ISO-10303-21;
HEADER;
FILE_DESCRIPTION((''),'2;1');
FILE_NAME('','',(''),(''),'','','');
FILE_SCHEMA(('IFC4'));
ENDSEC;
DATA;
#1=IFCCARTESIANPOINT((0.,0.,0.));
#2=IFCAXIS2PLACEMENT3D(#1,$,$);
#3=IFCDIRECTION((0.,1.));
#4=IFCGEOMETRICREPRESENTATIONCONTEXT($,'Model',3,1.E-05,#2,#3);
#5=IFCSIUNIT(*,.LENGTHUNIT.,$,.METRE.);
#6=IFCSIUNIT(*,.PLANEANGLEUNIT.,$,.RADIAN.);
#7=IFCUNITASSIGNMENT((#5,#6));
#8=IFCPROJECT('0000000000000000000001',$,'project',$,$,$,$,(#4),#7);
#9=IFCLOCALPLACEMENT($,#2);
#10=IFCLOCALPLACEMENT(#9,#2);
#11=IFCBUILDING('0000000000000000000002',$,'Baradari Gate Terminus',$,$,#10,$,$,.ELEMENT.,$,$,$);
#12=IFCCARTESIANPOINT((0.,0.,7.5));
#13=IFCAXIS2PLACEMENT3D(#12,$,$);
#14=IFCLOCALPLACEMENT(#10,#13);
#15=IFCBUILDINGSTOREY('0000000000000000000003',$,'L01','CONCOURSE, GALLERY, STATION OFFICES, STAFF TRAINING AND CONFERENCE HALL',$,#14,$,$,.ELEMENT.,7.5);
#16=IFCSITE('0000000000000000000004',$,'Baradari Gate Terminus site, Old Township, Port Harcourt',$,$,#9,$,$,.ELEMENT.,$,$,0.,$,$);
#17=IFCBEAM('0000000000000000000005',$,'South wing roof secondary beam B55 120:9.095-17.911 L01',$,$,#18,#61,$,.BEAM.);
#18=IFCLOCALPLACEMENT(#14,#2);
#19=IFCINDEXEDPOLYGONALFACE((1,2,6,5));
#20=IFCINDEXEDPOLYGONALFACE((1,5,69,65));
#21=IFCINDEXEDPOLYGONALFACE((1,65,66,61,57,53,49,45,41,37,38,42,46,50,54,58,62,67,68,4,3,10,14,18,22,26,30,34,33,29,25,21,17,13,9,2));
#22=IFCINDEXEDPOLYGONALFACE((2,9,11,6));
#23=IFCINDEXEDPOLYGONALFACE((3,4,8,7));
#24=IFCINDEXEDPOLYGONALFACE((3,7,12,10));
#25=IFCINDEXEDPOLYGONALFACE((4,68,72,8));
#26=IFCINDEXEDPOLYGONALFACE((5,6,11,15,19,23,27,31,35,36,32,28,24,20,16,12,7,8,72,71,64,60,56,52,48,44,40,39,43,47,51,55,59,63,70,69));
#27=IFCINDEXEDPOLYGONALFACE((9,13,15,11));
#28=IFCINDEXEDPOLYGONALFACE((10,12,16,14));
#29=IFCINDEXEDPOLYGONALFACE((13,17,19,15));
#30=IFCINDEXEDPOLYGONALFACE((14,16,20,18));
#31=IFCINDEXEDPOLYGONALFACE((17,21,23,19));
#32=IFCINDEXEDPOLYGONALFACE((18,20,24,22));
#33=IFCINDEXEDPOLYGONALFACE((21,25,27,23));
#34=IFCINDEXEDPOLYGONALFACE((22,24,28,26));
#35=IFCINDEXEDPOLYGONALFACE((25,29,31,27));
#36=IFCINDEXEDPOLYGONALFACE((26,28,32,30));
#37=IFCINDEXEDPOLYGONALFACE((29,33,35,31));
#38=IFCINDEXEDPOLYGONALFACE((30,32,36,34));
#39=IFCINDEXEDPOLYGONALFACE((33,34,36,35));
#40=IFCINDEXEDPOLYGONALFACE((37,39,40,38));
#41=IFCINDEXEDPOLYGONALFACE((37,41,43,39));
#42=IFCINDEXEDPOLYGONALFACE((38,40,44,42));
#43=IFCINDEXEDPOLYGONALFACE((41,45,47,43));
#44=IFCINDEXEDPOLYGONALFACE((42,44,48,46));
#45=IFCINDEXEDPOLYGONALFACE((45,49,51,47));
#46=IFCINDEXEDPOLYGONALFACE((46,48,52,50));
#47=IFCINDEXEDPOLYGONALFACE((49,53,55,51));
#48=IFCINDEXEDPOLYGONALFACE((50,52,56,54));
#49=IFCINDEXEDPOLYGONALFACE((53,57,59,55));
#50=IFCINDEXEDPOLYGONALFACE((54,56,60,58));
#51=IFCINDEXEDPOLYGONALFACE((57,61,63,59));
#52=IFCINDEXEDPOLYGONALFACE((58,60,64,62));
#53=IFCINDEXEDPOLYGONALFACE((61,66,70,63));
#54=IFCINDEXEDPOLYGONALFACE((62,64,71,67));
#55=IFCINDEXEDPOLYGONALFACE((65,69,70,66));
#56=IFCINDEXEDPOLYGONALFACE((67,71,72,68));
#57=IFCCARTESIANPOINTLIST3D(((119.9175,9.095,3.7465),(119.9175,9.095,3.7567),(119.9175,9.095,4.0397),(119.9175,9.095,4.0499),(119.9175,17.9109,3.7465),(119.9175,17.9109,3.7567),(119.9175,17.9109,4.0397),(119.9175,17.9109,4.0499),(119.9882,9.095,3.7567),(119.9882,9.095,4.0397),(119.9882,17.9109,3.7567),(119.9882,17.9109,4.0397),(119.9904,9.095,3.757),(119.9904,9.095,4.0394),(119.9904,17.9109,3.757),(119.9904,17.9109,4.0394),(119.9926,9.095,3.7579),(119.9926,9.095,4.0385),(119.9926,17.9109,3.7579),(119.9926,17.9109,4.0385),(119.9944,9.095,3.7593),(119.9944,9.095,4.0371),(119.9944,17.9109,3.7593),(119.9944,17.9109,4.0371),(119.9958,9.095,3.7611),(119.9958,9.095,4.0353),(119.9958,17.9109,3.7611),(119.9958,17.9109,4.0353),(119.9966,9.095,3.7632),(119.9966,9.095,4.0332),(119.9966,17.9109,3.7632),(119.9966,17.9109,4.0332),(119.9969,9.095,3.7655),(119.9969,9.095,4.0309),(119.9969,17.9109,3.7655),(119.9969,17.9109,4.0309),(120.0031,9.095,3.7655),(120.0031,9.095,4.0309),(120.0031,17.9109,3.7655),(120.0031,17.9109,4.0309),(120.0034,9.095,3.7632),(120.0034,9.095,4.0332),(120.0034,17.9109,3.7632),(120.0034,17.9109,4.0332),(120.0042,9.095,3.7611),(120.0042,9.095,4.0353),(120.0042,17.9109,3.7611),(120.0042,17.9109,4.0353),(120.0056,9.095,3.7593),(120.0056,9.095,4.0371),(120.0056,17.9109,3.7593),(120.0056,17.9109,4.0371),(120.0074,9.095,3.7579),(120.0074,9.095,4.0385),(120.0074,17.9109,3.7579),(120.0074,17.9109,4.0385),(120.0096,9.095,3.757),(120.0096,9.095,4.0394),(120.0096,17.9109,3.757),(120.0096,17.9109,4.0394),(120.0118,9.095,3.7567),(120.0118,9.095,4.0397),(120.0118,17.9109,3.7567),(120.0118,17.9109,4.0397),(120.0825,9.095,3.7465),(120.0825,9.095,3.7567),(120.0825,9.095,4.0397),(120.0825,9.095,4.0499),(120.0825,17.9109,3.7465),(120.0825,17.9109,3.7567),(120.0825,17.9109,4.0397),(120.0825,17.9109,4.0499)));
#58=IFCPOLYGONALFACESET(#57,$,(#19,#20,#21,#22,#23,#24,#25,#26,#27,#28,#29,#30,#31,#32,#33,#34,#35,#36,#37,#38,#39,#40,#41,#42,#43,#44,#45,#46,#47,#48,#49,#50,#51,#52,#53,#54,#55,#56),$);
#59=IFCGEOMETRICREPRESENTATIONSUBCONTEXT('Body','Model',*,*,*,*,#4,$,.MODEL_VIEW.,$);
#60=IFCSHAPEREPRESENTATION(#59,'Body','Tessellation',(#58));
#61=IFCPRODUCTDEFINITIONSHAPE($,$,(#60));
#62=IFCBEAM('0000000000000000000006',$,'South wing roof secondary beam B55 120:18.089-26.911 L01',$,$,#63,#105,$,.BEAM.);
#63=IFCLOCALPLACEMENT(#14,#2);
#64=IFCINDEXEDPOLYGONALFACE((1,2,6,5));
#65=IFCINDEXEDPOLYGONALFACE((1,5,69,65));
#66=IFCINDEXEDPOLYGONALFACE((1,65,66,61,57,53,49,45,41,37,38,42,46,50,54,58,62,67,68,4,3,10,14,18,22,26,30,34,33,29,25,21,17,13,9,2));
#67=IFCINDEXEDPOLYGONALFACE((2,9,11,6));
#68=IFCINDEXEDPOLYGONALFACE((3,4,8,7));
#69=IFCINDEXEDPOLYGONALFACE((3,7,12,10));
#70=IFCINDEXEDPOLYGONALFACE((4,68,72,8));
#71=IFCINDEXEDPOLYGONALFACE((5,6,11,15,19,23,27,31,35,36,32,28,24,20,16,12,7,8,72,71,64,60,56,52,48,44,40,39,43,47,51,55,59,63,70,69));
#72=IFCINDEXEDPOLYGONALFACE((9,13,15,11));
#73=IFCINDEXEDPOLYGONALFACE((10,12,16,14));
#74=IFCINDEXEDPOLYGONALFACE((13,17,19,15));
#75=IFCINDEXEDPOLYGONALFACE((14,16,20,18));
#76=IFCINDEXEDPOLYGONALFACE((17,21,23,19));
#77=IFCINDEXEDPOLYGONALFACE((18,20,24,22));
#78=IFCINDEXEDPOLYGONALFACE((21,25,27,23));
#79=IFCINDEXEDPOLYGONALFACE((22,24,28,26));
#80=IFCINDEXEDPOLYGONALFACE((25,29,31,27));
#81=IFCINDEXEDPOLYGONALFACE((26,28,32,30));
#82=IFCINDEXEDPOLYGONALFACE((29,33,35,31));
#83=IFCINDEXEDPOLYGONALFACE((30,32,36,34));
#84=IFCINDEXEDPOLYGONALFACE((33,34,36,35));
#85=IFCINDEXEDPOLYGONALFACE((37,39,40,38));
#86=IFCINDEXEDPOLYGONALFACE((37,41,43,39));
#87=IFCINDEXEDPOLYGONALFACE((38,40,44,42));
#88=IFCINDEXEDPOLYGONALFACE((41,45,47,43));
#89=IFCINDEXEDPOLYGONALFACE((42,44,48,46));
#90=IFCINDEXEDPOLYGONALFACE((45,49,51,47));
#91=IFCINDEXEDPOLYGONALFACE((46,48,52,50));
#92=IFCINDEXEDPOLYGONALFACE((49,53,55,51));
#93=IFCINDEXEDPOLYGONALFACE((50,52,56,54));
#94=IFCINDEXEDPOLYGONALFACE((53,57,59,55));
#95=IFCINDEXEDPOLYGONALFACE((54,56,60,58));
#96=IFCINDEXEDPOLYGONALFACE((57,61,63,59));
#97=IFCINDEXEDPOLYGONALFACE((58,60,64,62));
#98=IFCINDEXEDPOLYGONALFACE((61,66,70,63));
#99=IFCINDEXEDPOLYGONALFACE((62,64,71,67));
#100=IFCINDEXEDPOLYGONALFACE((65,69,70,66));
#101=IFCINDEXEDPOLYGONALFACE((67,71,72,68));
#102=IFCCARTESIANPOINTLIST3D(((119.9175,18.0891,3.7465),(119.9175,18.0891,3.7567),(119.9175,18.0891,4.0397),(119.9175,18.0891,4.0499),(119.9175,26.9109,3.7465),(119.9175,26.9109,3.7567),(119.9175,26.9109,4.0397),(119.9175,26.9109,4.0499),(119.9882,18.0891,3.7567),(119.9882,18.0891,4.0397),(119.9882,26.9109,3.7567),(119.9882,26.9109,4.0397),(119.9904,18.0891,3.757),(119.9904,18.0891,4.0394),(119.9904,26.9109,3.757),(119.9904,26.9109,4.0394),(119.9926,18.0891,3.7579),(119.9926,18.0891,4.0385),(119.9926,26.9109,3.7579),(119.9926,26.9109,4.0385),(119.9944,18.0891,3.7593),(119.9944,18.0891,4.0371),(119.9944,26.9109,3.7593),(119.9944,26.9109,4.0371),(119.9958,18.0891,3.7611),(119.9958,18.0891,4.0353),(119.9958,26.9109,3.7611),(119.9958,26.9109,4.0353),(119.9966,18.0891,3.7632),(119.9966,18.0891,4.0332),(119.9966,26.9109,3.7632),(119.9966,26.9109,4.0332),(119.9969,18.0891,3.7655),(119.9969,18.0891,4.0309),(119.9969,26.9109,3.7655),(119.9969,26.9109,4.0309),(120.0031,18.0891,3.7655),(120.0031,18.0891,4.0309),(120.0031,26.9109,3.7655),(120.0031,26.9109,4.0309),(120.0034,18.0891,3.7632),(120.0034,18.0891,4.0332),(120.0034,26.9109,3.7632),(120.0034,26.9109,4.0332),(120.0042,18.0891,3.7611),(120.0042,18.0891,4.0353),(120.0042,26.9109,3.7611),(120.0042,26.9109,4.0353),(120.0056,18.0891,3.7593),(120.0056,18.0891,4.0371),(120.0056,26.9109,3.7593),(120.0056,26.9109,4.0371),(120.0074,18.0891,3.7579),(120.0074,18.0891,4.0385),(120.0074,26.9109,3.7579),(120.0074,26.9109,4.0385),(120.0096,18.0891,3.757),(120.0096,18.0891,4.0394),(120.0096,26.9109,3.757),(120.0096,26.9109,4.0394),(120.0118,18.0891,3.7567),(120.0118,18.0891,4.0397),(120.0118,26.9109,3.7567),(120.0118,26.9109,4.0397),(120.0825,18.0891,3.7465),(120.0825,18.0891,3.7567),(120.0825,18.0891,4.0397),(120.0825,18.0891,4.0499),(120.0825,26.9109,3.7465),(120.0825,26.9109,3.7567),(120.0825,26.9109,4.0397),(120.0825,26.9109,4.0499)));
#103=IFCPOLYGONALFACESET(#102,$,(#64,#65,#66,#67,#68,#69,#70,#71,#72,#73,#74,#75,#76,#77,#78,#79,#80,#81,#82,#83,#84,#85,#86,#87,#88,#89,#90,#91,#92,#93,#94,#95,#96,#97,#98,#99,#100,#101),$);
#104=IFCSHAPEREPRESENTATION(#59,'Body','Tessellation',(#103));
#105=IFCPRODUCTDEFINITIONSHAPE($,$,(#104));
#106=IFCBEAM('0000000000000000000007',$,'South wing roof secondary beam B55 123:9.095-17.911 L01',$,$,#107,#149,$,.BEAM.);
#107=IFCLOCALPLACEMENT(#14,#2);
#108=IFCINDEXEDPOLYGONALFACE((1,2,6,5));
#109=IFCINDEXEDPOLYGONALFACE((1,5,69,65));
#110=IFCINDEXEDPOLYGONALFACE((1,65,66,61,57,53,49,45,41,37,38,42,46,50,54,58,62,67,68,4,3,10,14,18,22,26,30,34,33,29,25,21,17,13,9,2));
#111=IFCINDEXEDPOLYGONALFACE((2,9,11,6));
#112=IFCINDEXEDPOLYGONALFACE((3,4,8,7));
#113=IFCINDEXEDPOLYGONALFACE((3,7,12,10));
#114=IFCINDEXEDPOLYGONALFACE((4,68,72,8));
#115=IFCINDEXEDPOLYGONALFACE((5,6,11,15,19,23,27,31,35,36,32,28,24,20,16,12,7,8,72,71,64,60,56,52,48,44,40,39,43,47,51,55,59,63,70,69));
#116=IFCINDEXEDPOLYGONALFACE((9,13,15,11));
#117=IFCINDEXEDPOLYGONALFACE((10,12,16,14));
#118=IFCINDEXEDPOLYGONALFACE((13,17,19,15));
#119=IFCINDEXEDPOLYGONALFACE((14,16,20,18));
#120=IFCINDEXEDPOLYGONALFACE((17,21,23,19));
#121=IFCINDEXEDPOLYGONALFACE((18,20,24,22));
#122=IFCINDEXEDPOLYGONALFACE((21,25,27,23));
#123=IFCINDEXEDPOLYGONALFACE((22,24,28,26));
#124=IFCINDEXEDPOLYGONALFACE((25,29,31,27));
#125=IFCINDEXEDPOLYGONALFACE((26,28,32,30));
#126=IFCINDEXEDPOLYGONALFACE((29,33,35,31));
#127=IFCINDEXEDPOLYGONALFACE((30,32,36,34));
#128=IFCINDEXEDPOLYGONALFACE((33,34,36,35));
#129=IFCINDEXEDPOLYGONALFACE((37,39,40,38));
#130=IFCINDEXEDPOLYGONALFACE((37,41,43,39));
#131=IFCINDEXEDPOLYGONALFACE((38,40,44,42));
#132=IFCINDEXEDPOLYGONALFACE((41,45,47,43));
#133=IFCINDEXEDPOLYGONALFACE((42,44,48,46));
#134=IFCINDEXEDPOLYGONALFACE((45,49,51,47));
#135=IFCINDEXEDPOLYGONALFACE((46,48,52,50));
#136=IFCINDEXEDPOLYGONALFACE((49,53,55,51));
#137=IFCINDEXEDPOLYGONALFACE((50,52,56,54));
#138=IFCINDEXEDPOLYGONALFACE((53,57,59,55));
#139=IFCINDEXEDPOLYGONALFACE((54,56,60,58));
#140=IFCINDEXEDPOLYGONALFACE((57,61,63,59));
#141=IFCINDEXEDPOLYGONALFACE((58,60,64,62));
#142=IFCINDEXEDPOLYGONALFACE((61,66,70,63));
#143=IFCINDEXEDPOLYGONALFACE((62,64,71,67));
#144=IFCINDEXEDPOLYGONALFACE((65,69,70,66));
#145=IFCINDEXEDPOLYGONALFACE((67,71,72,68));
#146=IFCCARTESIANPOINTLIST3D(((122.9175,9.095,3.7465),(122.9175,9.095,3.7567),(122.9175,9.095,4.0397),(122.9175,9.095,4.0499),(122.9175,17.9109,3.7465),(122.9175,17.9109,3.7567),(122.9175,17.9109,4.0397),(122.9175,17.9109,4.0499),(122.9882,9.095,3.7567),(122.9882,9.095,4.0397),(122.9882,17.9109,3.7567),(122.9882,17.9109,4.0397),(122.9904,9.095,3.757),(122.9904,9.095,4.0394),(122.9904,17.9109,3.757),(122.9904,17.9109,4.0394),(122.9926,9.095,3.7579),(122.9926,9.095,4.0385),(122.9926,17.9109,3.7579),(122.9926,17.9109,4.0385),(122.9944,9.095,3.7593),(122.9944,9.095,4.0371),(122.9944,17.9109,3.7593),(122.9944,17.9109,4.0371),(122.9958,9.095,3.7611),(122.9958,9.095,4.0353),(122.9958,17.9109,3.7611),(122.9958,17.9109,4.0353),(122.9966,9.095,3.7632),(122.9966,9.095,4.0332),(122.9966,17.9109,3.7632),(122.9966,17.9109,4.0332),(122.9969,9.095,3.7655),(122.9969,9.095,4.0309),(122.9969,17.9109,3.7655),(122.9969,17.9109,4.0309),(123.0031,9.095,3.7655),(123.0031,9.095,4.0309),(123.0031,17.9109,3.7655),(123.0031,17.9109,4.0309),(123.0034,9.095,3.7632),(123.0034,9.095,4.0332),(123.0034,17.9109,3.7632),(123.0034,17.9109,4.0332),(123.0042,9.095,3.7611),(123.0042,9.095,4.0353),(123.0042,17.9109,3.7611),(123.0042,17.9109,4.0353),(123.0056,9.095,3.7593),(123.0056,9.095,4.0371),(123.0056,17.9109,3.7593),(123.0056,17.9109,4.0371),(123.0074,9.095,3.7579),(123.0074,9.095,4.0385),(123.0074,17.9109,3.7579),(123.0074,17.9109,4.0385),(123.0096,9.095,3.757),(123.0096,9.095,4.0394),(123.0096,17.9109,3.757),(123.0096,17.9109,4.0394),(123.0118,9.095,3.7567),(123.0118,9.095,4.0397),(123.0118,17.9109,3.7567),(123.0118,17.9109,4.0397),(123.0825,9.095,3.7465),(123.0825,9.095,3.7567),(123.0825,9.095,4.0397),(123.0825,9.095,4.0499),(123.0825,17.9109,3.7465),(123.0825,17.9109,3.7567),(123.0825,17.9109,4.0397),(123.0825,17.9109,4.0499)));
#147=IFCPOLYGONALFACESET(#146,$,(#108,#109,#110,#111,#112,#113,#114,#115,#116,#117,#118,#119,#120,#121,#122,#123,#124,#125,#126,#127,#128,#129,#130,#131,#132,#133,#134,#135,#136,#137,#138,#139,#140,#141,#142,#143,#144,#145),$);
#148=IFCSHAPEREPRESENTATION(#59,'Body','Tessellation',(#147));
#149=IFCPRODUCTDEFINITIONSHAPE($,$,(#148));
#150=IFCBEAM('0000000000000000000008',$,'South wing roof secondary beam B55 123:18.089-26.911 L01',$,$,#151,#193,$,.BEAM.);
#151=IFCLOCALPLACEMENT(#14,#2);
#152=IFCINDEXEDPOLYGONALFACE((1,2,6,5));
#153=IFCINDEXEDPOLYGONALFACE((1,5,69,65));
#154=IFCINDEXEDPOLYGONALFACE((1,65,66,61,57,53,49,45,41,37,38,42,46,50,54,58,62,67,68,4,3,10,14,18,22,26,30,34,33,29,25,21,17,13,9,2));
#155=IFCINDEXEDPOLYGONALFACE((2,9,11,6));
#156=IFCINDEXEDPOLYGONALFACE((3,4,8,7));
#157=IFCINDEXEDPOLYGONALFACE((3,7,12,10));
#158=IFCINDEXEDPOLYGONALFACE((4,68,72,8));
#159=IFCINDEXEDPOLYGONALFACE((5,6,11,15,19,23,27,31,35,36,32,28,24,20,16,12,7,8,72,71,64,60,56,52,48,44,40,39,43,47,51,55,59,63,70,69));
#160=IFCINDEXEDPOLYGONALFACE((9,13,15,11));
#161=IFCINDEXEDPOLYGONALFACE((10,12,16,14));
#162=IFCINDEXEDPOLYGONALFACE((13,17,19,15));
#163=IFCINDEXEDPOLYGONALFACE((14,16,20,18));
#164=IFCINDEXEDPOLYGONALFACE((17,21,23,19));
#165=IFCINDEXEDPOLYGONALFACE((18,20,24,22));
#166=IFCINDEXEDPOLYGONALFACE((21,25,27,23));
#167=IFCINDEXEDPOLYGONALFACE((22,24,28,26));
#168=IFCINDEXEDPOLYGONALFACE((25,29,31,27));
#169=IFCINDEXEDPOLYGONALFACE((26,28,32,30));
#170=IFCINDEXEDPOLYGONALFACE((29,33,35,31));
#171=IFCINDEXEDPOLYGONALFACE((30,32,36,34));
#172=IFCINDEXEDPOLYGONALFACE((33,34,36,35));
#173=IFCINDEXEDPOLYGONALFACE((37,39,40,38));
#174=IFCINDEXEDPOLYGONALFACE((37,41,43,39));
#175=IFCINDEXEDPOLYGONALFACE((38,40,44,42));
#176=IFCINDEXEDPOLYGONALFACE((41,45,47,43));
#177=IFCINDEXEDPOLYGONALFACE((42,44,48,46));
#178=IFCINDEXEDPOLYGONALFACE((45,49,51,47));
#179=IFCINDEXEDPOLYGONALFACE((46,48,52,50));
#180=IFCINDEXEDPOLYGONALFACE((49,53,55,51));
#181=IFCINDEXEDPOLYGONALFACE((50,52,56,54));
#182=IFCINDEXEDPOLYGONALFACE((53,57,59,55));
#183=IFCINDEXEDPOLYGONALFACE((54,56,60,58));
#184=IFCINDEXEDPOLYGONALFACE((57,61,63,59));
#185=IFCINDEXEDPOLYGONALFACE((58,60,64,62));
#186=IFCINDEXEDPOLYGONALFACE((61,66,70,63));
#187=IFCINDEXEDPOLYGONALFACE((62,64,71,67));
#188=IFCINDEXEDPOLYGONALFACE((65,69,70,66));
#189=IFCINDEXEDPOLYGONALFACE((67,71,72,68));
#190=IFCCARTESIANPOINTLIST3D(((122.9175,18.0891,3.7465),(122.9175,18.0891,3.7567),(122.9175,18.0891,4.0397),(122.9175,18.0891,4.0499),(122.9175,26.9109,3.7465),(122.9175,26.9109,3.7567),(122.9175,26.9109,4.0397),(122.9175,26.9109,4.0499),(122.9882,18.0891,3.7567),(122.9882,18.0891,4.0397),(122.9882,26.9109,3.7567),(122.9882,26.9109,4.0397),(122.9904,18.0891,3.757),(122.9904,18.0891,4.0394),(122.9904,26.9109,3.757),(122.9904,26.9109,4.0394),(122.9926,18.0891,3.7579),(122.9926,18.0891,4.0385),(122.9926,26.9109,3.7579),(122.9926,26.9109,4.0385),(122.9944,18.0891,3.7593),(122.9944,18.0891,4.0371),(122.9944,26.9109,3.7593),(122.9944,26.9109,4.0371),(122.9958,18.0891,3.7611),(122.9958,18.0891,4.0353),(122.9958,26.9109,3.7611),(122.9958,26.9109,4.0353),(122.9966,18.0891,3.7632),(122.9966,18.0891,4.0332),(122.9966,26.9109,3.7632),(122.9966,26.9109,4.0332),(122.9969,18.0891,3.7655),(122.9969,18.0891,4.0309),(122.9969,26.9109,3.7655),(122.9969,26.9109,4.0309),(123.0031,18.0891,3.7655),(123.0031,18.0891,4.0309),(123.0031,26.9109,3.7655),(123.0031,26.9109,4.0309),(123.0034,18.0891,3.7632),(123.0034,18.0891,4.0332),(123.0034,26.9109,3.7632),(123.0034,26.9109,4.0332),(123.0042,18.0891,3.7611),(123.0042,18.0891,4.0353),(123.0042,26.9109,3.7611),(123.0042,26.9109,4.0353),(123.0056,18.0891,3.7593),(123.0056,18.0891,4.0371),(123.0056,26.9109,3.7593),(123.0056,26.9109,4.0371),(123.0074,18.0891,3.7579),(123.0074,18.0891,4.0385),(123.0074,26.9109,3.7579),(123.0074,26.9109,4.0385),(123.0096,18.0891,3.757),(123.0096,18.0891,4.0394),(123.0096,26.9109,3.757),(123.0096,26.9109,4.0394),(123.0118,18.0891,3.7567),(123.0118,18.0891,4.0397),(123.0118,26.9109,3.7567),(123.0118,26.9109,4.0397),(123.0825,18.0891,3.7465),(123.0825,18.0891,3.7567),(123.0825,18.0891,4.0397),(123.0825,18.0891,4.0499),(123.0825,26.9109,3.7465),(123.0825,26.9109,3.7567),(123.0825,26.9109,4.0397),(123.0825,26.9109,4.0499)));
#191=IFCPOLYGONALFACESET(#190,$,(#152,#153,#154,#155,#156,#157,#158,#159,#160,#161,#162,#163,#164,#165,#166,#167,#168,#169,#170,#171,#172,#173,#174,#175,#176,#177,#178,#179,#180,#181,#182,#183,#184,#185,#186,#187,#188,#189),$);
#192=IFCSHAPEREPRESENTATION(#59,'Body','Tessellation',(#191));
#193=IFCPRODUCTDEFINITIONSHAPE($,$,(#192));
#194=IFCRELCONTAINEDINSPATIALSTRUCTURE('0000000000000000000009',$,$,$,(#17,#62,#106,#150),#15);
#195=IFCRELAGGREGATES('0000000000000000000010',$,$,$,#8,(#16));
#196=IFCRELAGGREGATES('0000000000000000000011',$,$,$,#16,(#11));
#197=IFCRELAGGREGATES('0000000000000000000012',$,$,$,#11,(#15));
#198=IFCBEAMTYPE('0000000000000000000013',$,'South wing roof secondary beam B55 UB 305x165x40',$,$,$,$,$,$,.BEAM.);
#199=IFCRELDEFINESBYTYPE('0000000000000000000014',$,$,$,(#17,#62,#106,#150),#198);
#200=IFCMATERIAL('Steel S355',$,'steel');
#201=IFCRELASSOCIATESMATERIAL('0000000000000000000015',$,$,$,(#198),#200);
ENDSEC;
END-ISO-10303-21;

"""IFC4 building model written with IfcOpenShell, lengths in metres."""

from ifc_helpers import new_model, si_unit, direction, frame, origin, origin_2d, place, context, subcontext, project, spatial, i_section, extrude, material, material_profile, profile_set, type_object, element, save


model = new_model("IFC4")

# Units and contexts
model_context = context("Model", 3, precision=1e-05, world=origin(), true_north=direction((0.0, 1.0)))
body_context = subcontext(model_context, "Body", "Model", "MODEL_VIEW")
ifc_project = project(units=[si_unit("LENGTHUNIT", "METRE"), si_unit("PLANEANGLEUNIT", "RADIAN")], contexts=[model_context])

# Site, building, storey
site_placement = place(None, origin())
site = spatial("IfcSite", under=ifc_project, at=site_placement, Name="Baradari Gate Terminus site, Old Township, Port Harcourt", CompositionType="ELEMENT", RefElevation=0.0)
building_placement = place(site_placement, origin())
building = spatial("IfcBuilding", under=site, at=building_placement, Name="Baradari Gate Terminus", CompositionType="ELEMENT")
storey_placement = place(building_placement, frame((0.0, 0.0, 7.5)))
storey = spatial("IfcBuildingStorey", under=building, at=storey_placement, Name="L01", Description="CONCOURSE, GALLERY, STATION OFFICES, STAFF TRAINING AND CONFERENCE HALL", CompositionType="ELEMENT", Elevation=7.5)

# Beams
ifc_material_1 = material(Name="Steel S355", Category="steel")
ifc_material_profile_1 = material_profile(ifc_material_1, i_section(OverallWidth=0.165, OverallDepth=0.3035, WebThickness=0.0061, FlangeThickness=0.0103, FilletRadius=0.0088, at=origin_2d()), Name="UB 305x165x40")
ifc_profile_set_1 = profile_set([ifc_material_profile_1], Name="Steel S355")
beam_type_1 = type_object("IfcBeamType", Name="South wing roof secondary beam B55 UB 305x165x40", PredefinedType="BEAM", material=ifc_profile_set_1)
beam_1_placement = place(storey_placement, frame((120.0, 9.095, 3.8982), z_axis=(0.0, 1.0, 0.0), x_axis=(-1.0, 0.0, 0.0)))
element("IfcBeam", 1, at=beam_1_placement, inside=storey, type_object=beam_type_1, Name="South wing roof secondary beam B55 120:9.095-17.911 L01", PredefinedType="BEAM", context=body_context, shape_type="SweptSolid", body=[
    extrude(i_section(OverallWidth=0.165, OverallDepth=0.3035, WebThickness=0.0061, FlangeThickness=0.0103, FilletRadius=0.0088, at=origin_2d()), origin(), (0.0, 0.0, 1.0), 8.8159),
])
beam_2_placement = place(storey_placement, frame((120.0, 18.0891, 3.8982), z_axis=(0.0, 1.0, 0.0), x_axis=(-1.0, 0.0, 0.0)))
element("IfcBeam", 2, at=beam_2_placement, inside=storey, type_object=beam_type_1, Name="South wing roof secondary beam B55 120:18.089-26.911 L01", PredefinedType="BEAM", context=body_context, shape_type="SweptSolid", body=[
    extrude(i_section(OverallWidth=0.165, OverallDepth=0.3035, WebThickness=0.0061, FlangeThickness=0.0103, FilletRadius=0.0088, at=origin_2d()), origin(), (0.0, 0.0, 1.0), 8.8218),
])
beam_3_placement = place(storey_placement, frame((123.0, 9.095, 3.8982), z_axis=(0.0, 1.0, 0.0), x_axis=(-1.0, 0.0, 0.0)))
element("IfcBeam", 3, at=beam_3_placement, inside=storey, type_object=beam_type_1, Name="South wing roof secondary beam B55 123:9.095-17.911 L01", PredefinedType="BEAM", context=body_context, shape_type="SweptSolid", body=[
    extrude(i_section(OverallWidth=0.165, OverallDepth=0.3035, WebThickness=0.0061, FlangeThickness=0.0103, FilletRadius=0.0088, at=origin_2d()), origin(), (0.0, 0.0, 1.0), 8.8159),
])
beam_4_placement = place(storey_placement, frame((123.0, 18.0891, 3.8982), z_axis=(0.0, 1.0, 0.0), x_axis=(-1.0, 0.0, 0.0)))
element("IfcBeam", 4, at=beam_4_placement, inside=storey, type_object=beam_type_1, Name="South wing roof secondary beam B55 123:18.089-26.911 L01", PredefinedType="BEAM", context=body_context, shape_type="SweptSolid", body=[
    extrude(i_section(OverallWidth=0.165, OverallDepth=0.3035, WebThickness=0.0061, FlangeThickness=0.0103, FilletRadius=0.0088, at=origin_2d()), origin(), (0.0, 0.0, 1.0), 8.8218),
])

save(model, "model.ifc")
